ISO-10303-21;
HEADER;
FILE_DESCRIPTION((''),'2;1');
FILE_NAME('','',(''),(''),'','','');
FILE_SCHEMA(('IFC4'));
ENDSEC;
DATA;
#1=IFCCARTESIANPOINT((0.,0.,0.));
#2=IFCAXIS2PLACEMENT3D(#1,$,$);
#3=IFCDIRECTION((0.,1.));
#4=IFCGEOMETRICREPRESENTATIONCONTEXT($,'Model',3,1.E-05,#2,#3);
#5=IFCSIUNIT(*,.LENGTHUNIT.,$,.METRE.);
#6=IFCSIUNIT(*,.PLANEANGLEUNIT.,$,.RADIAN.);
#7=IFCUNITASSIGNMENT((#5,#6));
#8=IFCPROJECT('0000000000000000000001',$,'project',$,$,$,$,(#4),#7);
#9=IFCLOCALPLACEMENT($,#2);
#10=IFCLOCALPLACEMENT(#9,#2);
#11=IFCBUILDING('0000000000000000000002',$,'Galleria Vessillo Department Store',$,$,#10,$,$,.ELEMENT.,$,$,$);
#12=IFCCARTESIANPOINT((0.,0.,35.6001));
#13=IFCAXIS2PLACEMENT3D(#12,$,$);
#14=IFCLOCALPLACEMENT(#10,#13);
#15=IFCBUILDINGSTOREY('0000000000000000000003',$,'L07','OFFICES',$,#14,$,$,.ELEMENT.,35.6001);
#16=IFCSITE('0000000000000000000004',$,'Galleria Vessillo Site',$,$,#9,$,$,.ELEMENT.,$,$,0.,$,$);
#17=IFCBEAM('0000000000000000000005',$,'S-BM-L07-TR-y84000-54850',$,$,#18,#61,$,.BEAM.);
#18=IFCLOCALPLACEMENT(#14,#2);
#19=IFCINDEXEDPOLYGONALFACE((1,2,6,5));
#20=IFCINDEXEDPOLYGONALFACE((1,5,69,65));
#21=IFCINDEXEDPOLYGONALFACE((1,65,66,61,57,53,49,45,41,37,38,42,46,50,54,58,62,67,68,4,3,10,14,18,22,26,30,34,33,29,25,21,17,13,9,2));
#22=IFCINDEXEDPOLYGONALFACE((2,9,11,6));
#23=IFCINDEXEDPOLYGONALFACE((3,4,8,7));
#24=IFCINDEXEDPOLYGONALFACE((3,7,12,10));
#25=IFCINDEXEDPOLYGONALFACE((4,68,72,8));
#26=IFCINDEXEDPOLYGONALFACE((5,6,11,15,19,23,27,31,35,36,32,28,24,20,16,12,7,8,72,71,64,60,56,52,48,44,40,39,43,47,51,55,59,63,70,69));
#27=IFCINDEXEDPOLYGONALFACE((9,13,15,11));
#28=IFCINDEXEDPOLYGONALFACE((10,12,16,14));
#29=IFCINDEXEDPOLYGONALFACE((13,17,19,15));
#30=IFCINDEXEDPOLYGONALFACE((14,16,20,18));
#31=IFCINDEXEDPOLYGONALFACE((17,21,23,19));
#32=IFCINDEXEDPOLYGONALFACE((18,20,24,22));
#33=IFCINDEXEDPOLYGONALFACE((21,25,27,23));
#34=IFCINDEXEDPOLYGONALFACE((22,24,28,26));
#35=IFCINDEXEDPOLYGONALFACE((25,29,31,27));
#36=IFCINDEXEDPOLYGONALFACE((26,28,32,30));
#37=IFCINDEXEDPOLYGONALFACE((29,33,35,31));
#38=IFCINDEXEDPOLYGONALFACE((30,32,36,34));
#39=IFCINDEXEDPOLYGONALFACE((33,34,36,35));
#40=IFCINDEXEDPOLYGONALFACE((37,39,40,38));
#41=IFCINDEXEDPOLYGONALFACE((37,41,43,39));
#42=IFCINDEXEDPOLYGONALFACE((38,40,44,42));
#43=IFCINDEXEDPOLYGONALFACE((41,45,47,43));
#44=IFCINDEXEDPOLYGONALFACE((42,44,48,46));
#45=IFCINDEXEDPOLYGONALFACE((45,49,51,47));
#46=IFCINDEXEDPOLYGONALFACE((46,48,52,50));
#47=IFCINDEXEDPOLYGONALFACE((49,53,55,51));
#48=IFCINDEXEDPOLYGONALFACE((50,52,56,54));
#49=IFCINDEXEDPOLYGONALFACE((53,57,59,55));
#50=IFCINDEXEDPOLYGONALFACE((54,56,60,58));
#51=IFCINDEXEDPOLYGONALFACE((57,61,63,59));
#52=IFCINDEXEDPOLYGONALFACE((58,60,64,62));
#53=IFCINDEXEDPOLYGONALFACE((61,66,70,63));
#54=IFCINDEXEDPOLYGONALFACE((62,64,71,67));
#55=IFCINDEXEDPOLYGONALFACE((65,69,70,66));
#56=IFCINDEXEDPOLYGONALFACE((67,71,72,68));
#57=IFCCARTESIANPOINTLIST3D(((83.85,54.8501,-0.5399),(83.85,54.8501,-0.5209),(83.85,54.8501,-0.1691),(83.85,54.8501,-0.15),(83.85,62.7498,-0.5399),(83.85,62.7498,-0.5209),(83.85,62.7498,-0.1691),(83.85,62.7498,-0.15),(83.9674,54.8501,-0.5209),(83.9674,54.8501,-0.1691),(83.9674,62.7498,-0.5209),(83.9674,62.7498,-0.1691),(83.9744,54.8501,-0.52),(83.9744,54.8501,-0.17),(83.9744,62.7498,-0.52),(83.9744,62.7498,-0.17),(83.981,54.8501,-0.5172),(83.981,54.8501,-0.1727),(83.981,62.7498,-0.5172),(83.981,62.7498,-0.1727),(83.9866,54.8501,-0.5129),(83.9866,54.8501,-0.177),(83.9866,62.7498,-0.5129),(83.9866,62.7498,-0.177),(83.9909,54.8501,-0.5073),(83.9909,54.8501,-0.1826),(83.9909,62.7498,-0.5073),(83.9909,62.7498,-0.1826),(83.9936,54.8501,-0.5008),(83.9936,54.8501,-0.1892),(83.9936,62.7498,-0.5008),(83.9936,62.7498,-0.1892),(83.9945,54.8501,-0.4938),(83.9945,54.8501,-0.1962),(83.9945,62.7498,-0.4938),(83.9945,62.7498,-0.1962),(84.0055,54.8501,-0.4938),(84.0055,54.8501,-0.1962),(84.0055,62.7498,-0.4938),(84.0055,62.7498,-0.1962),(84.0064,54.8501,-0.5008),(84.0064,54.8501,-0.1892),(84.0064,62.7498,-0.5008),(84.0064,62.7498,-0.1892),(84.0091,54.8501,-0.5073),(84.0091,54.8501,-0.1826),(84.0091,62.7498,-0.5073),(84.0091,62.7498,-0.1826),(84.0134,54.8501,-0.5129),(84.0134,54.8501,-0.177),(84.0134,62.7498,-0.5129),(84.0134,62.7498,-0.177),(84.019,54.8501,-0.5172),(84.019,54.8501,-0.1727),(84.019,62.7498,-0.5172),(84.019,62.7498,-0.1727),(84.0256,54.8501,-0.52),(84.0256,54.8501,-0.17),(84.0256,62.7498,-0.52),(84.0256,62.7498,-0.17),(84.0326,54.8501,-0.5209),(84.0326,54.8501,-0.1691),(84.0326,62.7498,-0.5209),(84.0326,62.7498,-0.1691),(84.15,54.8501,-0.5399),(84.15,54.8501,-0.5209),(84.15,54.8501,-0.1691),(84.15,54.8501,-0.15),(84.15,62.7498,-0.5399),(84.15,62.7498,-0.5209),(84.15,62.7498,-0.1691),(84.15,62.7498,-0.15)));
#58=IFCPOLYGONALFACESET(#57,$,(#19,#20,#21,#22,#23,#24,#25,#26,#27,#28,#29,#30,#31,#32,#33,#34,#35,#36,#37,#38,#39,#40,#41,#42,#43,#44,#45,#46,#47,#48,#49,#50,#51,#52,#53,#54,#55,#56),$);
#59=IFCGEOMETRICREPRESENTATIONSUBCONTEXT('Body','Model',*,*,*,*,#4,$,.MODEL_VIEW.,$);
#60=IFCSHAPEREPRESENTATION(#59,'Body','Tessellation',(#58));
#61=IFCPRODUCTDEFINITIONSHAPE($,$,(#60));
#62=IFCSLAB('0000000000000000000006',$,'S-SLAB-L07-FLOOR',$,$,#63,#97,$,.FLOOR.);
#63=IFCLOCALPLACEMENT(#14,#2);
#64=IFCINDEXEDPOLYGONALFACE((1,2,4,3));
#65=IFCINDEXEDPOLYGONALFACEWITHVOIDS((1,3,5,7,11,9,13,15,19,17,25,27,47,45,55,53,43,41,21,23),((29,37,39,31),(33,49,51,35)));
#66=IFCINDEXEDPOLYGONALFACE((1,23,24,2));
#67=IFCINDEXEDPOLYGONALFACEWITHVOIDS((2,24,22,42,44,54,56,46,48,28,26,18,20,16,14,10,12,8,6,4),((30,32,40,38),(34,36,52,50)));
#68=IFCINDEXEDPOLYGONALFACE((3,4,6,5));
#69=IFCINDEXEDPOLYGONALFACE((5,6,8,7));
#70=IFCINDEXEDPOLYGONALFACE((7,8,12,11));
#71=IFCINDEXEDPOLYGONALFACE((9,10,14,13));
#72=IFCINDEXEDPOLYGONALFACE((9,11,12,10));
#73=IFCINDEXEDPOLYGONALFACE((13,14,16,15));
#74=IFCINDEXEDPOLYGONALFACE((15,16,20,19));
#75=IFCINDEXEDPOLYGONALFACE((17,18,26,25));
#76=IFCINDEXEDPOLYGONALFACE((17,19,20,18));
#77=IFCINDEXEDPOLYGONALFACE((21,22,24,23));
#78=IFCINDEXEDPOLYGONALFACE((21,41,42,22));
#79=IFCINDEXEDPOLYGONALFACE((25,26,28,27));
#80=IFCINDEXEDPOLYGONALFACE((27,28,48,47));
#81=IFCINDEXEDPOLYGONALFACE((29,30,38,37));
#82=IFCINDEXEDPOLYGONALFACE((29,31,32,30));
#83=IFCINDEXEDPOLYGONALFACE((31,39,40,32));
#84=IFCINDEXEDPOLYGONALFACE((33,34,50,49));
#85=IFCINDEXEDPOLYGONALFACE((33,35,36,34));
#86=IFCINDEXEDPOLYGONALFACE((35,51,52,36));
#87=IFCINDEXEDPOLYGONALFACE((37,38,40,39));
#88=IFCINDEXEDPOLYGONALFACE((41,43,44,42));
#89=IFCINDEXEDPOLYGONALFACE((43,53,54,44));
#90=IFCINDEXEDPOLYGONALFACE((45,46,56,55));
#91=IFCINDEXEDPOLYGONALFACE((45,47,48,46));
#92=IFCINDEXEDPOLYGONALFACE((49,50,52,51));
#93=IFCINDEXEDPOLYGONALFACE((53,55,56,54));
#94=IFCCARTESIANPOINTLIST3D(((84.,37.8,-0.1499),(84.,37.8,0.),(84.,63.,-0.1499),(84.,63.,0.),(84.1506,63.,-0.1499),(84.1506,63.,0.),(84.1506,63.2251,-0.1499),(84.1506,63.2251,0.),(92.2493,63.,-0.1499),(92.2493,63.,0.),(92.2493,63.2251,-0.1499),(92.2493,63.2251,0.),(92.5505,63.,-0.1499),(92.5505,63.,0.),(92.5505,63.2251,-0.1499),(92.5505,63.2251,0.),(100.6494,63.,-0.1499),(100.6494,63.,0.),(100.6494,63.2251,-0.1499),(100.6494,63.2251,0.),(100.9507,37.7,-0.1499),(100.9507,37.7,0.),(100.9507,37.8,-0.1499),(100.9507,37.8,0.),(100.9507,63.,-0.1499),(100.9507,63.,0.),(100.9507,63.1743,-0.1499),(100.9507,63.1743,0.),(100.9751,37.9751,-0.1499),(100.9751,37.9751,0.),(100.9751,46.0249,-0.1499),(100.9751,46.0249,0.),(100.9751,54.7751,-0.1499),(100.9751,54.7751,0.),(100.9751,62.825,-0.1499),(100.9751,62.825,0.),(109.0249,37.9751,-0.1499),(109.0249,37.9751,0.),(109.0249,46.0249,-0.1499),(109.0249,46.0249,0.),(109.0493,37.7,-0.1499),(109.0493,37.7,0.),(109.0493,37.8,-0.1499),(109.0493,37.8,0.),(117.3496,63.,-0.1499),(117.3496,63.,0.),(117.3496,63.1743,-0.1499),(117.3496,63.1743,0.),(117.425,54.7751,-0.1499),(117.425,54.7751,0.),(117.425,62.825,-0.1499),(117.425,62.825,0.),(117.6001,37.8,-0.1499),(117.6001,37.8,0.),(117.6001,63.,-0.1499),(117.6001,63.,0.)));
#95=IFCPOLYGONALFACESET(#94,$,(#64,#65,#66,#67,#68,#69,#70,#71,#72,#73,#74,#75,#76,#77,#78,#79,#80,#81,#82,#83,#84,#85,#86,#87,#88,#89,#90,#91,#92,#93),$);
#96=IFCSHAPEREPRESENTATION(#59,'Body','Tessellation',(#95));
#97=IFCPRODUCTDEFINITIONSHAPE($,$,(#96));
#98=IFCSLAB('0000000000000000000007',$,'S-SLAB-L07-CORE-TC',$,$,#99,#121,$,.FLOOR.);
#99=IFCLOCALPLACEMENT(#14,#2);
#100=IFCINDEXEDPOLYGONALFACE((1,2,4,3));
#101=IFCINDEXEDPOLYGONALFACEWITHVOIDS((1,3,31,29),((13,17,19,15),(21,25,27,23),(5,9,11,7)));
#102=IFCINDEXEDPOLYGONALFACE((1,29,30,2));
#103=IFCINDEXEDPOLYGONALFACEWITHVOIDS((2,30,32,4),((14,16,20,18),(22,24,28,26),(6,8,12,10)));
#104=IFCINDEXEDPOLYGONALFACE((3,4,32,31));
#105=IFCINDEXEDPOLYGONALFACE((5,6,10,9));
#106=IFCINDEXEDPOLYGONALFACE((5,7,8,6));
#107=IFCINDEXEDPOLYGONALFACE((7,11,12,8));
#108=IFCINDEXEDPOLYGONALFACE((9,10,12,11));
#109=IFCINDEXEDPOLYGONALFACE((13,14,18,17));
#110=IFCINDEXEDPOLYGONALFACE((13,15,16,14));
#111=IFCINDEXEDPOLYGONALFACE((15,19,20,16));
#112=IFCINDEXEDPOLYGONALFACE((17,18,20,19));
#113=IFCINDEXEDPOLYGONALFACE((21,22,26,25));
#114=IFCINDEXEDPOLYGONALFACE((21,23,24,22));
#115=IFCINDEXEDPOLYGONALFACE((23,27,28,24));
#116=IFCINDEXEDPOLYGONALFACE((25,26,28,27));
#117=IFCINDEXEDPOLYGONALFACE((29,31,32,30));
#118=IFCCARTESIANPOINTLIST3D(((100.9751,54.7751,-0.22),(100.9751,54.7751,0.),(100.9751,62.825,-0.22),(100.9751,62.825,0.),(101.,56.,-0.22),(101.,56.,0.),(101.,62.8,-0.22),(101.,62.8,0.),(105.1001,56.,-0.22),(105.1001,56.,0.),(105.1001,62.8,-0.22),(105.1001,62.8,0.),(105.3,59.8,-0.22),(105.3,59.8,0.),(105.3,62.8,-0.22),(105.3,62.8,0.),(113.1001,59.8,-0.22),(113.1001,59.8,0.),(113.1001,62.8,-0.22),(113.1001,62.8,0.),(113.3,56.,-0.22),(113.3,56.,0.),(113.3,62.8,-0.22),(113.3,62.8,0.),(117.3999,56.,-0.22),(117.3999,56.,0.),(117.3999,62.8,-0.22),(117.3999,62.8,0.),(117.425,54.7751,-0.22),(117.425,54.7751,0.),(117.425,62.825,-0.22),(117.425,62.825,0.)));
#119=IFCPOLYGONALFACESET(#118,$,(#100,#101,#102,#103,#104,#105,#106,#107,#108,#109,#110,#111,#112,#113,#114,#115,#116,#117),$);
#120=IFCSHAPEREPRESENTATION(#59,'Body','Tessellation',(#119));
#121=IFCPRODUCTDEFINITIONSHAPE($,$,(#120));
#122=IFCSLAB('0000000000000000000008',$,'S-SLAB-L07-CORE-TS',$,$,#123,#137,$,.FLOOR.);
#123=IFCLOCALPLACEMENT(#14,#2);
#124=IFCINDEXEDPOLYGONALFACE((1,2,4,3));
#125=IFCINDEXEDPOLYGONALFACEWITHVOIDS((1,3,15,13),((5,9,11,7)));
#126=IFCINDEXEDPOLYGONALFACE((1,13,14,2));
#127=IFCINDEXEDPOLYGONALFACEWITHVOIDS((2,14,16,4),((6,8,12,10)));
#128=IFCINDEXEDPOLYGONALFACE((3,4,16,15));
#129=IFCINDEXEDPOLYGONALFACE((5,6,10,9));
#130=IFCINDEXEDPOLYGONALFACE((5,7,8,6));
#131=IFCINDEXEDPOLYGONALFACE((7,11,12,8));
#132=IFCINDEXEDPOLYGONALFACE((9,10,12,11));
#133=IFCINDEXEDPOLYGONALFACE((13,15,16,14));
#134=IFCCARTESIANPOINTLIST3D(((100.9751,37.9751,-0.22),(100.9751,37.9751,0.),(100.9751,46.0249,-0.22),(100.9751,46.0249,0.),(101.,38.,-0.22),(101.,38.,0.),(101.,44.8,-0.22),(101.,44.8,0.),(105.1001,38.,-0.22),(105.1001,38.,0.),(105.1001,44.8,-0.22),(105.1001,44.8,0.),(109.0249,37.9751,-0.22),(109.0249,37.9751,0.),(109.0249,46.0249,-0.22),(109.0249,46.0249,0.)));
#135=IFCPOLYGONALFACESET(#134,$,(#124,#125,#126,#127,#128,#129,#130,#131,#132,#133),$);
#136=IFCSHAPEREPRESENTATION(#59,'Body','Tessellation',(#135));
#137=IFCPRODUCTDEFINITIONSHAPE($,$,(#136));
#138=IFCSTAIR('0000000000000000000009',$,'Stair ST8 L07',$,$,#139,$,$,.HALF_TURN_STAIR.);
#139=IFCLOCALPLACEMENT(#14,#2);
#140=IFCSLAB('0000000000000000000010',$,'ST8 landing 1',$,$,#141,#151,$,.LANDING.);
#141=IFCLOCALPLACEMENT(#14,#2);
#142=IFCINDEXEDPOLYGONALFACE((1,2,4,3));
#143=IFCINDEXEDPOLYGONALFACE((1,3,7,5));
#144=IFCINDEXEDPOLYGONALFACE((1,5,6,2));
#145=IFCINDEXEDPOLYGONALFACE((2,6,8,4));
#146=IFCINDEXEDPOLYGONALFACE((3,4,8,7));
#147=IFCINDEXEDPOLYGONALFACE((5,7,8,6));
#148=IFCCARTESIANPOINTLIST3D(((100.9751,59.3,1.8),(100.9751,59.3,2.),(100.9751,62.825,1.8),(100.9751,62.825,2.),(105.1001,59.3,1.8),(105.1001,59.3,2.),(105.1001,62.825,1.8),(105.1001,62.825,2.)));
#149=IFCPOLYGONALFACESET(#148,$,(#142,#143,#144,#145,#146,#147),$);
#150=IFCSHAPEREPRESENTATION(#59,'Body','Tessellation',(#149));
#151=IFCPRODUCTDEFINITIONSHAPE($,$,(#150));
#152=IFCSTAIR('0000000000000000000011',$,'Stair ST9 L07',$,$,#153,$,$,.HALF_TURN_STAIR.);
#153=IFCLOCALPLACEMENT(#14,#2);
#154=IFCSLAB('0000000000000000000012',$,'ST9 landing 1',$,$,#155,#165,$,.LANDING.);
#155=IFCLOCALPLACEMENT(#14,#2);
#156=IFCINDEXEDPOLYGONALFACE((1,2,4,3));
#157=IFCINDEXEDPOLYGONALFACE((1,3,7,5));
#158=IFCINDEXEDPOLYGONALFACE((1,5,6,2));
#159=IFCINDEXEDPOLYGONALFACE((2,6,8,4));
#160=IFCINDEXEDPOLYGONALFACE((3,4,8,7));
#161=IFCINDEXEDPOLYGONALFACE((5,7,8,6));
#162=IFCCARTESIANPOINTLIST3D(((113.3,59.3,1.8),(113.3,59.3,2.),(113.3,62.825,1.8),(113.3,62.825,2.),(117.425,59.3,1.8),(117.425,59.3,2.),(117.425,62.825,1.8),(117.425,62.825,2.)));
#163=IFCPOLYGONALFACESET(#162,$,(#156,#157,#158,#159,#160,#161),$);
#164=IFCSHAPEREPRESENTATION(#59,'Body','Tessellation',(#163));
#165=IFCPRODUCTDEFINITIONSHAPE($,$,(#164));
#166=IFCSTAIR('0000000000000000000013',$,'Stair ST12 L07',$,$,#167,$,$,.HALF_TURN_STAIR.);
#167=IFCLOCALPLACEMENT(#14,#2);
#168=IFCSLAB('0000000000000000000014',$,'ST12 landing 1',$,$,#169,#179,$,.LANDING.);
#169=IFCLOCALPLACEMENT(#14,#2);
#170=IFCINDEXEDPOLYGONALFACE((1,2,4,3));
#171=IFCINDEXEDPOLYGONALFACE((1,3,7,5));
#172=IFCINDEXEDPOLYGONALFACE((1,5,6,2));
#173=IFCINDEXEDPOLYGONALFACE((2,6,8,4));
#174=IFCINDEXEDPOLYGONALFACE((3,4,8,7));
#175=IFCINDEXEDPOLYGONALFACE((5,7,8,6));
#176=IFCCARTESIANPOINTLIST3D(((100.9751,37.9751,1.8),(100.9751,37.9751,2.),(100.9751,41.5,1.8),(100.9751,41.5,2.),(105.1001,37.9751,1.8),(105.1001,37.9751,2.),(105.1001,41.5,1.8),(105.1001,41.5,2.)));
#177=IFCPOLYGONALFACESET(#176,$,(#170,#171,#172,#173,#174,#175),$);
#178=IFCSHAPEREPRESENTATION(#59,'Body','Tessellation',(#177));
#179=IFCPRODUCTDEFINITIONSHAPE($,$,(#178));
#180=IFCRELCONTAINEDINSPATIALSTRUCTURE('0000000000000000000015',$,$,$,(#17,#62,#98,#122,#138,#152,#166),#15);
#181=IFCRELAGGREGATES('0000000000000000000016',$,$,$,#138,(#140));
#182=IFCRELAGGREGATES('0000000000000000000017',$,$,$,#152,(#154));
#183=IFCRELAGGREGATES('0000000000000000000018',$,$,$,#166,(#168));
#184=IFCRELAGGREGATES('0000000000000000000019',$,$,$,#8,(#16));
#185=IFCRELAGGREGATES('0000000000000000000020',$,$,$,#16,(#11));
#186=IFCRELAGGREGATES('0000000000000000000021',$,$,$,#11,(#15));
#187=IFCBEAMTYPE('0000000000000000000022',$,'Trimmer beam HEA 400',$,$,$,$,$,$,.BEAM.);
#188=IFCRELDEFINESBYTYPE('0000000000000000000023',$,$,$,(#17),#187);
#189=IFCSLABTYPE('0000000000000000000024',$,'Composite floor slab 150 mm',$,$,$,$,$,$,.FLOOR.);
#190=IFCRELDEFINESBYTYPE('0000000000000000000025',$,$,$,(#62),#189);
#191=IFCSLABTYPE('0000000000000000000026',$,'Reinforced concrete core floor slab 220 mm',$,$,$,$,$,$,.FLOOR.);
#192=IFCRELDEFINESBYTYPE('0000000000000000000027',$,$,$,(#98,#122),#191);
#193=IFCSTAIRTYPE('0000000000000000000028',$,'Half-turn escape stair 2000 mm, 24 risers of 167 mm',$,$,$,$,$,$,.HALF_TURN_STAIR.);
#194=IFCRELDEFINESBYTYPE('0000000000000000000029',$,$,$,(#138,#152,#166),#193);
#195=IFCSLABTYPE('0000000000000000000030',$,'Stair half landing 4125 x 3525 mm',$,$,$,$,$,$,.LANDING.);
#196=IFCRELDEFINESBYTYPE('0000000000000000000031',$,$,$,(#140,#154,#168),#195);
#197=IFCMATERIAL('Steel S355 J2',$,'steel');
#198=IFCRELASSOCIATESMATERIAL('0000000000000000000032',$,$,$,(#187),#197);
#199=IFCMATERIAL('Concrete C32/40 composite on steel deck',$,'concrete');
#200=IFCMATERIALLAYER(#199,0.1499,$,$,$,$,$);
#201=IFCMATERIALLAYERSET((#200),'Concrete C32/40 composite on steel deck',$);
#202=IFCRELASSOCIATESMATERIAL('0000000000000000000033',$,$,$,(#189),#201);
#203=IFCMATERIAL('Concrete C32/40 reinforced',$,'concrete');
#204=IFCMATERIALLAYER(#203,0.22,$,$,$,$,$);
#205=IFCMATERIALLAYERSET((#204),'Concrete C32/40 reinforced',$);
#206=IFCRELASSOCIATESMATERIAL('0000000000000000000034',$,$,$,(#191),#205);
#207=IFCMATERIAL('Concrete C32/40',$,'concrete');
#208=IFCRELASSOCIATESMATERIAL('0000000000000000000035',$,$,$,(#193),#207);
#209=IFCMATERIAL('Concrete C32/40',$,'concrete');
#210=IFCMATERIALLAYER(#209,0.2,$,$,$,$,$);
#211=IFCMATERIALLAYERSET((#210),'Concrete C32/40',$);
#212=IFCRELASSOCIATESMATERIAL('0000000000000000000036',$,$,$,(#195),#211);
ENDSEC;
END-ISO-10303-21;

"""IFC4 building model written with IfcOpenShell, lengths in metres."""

from ifc_helpers import new_model, si_unit, direction, frame, origin, origin_2d, place, context, subcontext, project, spatial, polyline, i_section, outline, extrude, material, layer, layer_set, material_profile, profile_set, type_object, element, aggregate, save


model = new_model("IFC4")

# Units and contexts
model_context = context("Model", 3, precision=1e-05, world=origin(), true_north=direction((0.0, 1.0)))
body_context = subcontext(model_context, "Body", "Model", "MODEL_VIEW")
ifc_project = project(units=[si_unit("LENGTHUNIT", "METRE"), si_unit("PLANEANGLEUNIT", "RADIAN")], contexts=[model_context])

# Site, building, storey
site_placement = place(None, origin())
site = spatial("IfcSite", under=ifc_project, at=site_placement, Name="Galleria Vessillo Site", CompositionType="ELEMENT", RefElevation=0.0)
building_placement = place(site_placement, origin())
building = spatial("IfcBuilding", under=site, at=building_placement, Name="Galleria Vessillo Department Store", CompositionType="ELEMENT")
storey_placement = place(building_placement, frame((0.0, 0.0, 35.6001)))
storey = spatial("IfcBuildingStorey", under=building, at=storey_placement, Name="L07", Description="OFFICES", CompositionType="ELEMENT", Elevation=35.6001)

# Beam
ifc_material_1 = material(Name="Steel S355 J2", Category="steel")
ifc_material_profile_1 = material_profile(ifc_material_1, i_section(OverallWidth=0.3, OverallDepth=0.3899, WebThickness=0.011, FlangeThickness=0.019, FilletRadius=0.0271, at=origin_2d()), Name="HEA 400")
ifc_profile_set_1 = profile_set([ifc_material_profile_1], Name="Steel S355 J2")
beam_type = type_object("IfcBeamType", Name="Trimmer beam HEA 400", PredefinedType="BEAM", material=ifc_profile_set_1)
beam_placement = place(storey_placement, frame((84.0, 54.8501, -0.345), z_axis=(0.0, 1.0, 0.0), x_axis=(-1.0, 0.0, 0.0)))
element("IfcBeam", 1, at=beam_placement, inside=storey, type_object=beam_type, Name="S-BM-L07-TR-y84000-54850", PredefinedType="BEAM", context=body_context, shape_type="SweptSolid", body=[
    extrude(i_section(OverallWidth=0.3, OverallDepth=0.3899, WebThickness=0.011, FlangeThickness=0.019, FilletRadius=0.0271, at=origin_2d()), origin(), (0.0, 0.0, 1.0), 7.8997),
])

# Slabs
ifc_material_2 = material(Name="Concrete C32/40 composite on steel deck", Category="concrete")
ifc_layer_1 = layer(ifc_material_2, 0.1499)
ifc_layer_set_1 = layer_set([ifc_layer_1], Name="Concrete C32/40 composite on steel deck")
slab_type_1 = type_object("IfcSlabType", Name="Composite floor slab 150 mm", PredefinedType="FLOOR", material=ifc_layer_set_1)
slab_1_placement = place(storey_placement, frame((0.0, 0.0, -0.1499)))
element("IfcSlab", 2, at=slab_1_placement, inside=storey, type_object=slab_type_1, Name="S-SLAB-L07-FLOOR", PredefinedType="FLOOR", context=body_context, shape_type="SweptSolid", body=[
    extrude(outline(polyline([(100.9507, 37.8), (84.0, 37.8), (84.0, 63.0), (84.1506, 63.0), (84.1506, 63.2251), (92.2493, 63.2251), (92.2493, 63.0), (92.5505, 63.0), (92.5505, 63.2251), (100.6494, 63.2251), (100.6494, 63.0), (100.9507, 63.0), (100.9507, 63.1743), (117.3496, 63.1743), (117.3496, 63.0), (117.6001, 63.0), (117.6001, 37.8), (109.0493, 37.8), (109.0493, 37.7), (100.9507, 37.7), (100.9507, 37.8)]), holes=[polyline([(109.0249, 37.9751), (109.0249, 46.0249), (100.9751, 46.0249), (100.9751, 37.9751), (109.0249, 37.9751)]), polyline([(117.425, 54.7751), (117.425, 62.825), (100.9751, 62.825), (100.9751, 54.7751), (117.425, 54.7751)])]), origin(), (0.0, 0.0, 1.0), 0.1499),
])
ifc_material_3 = material(Name="Concrete C32/40 reinforced", Category="concrete")
ifc_layer_2 = layer(ifc_material_3, 0.22)
ifc_layer_set_2 = layer_set([ifc_layer_2], Name="Concrete C32/40 reinforced")
slab_type_2 = type_object("IfcSlabType", Name="Reinforced concrete core floor slab 220 mm", PredefinedType="FLOOR", material=ifc_layer_set_2)
slab_2_placement = place(storey_placement, frame((0.0, 0.0, -0.22)))
element("IfcSlab", 3, at=slab_2_placement, inside=storey, type_object=slab_type_2, Name="S-SLAB-L07-CORE-TC", PredefinedType="FLOOR", context=body_context, shape_type="SweptSolid", body=[
    extrude(outline(polyline([(100.9751, 54.7751), (100.9751, 62.825), (117.425, 62.825), (117.425, 54.7751), (100.9751, 54.7751)]), holes=[polyline([(105.1001, 56.0), (105.1001, 62.8), (101.0, 62.8), (101.0, 56.0), (105.1001, 56.0)]), polyline([(113.3, 56.0), (117.3999, 56.0), (117.3999, 62.8), (113.3, 62.8), (113.3, 56.0)]), polyline([(105.3, 59.8), (113.1001, 59.8), (113.1001, 62.8), (105.3, 62.8), (105.3, 59.8)])]), origin(), (0.0, 0.0, 1.0), 0.22),
])
slab_3_placement = place(storey_placement, frame((0.0, 0.0, -0.22)))
element("IfcSlab", 4, at=slab_3_placement, inside=storey, type_object=slab_type_2, Name="S-SLAB-L07-CORE-TS", PredefinedType="FLOOR", context=body_context, shape_type="SweptSolid", body=[
    extrude(outline(polyline([(100.9751, 37.9751), (100.9751, 46.0249), (109.0249, 46.0249), (109.0249, 37.9751), (100.9751, 37.9751)]), holes=[polyline([(105.1001, 44.8), (101.0, 44.8), (101.0, 38.0), (105.1001, 38.0), (105.1001, 44.8)])]), origin(), (0.0, 0.0, 1.0), 0.22),
])

# Stairs, slabs
ifc_material_4 = material(Name="Concrete C32/40", Category="concrete")
stair_type = type_object("IfcStairType", Name="Half-turn escape stair 2000 mm, 24 risers of 167 mm", PredefinedType="HALF_TURN_STAIR", material=ifc_material_4)
stair_1_placement = place(storey_placement, origin())
stair_1 = element("IfcStair", 5, at=stair_1_placement, inside=storey, type_object=stair_type, Name="Stair ST8 L07", PredefinedType="HALF_TURN_STAIR")
ifc_material_5 = material(Name="Concrete C32/40", Category="concrete")
ifc_layer_3 = layer(ifc_material_5, 0.2)
ifc_layer_set_3 = layer_set([ifc_layer_3], Name="Concrete C32/40")
slab_type_3 = type_object("IfcSlabType", Name="Stair half landing 4125 x 3525 mm", PredefinedType="LANDING", material=ifc_layer_set_3)
slab_4_placement = place(storey_placement, frame((0.0, 0.0, 1.8)))
slab_4 = element("IfcSlab", 6, at=slab_4_placement, type_object=slab_type_3, Name="ST8 landing 1", PredefinedType="LANDING", context=body_context, shape_type="SweptSolid", body=[
    extrude(outline(polyline([(100.9751, 59.3), (100.9751, 62.825), (105.1001, 62.825), (105.1001, 59.3), (100.9751, 59.3)])), origin(), (0.0, 0.0, 1.0), 0.2),
])
aggregate(stair_1, [slab_4])
stair_2_placement = place(storey_placement, origin())
stair_2 = element("IfcStair", 7, at=stair_2_placement, inside=storey, type_object=stair_type, Name="Stair ST9 L07", PredefinedType="HALF_TURN_STAIR")
slab_5_placement = place(storey_placement, frame((0.0, 0.0, 1.8)))
slab_5 = element("IfcSlab", 8, at=slab_5_placement, type_object=slab_type_3, Name="ST9 landing 1", PredefinedType="LANDING", context=body_context, shape_type="SweptSolid", body=[
    extrude(outline(polyline([(113.3, 59.3), (113.3, 62.825), (117.425, 62.825), (117.425, 59.3), (113.3, 59.3)])), origin(), (0.0, 0.0, 1.0), 0.2),
])
aggregate(stair_2, [slab_5])
stair_3_placement = place(storey_placement, origin())
stair_3 = element("IfcStair", 9, at=stair_3_placement, inside=storey, type_object=stair_type, Name="Stair ST12 L07", PredefinedType="HALF_TURN_STAIR")
slab_6_placement = place(storey_placement, frame((0.0, 0.0, 1.8)))
slab_6 = element("IfcSlab", 10, at=slab_6_placement, type_object=slab_type_3, Name="ST12 landing 1", PredefinedType="LANDING", context=body_context, shape_type="SweptSolid", body=[
    extrude(outline(polyline([(100.9751, 37.9751), (100.9751, 41.5), (105.1001, 41.5), (105.1001, 37.9751), (100.9751, 37.9751)])), origin(), (0.0, 0.0, 1.0), 0.2),
])
aggregate(stair_3, [slab_6])

save(model, "model.ifc")
